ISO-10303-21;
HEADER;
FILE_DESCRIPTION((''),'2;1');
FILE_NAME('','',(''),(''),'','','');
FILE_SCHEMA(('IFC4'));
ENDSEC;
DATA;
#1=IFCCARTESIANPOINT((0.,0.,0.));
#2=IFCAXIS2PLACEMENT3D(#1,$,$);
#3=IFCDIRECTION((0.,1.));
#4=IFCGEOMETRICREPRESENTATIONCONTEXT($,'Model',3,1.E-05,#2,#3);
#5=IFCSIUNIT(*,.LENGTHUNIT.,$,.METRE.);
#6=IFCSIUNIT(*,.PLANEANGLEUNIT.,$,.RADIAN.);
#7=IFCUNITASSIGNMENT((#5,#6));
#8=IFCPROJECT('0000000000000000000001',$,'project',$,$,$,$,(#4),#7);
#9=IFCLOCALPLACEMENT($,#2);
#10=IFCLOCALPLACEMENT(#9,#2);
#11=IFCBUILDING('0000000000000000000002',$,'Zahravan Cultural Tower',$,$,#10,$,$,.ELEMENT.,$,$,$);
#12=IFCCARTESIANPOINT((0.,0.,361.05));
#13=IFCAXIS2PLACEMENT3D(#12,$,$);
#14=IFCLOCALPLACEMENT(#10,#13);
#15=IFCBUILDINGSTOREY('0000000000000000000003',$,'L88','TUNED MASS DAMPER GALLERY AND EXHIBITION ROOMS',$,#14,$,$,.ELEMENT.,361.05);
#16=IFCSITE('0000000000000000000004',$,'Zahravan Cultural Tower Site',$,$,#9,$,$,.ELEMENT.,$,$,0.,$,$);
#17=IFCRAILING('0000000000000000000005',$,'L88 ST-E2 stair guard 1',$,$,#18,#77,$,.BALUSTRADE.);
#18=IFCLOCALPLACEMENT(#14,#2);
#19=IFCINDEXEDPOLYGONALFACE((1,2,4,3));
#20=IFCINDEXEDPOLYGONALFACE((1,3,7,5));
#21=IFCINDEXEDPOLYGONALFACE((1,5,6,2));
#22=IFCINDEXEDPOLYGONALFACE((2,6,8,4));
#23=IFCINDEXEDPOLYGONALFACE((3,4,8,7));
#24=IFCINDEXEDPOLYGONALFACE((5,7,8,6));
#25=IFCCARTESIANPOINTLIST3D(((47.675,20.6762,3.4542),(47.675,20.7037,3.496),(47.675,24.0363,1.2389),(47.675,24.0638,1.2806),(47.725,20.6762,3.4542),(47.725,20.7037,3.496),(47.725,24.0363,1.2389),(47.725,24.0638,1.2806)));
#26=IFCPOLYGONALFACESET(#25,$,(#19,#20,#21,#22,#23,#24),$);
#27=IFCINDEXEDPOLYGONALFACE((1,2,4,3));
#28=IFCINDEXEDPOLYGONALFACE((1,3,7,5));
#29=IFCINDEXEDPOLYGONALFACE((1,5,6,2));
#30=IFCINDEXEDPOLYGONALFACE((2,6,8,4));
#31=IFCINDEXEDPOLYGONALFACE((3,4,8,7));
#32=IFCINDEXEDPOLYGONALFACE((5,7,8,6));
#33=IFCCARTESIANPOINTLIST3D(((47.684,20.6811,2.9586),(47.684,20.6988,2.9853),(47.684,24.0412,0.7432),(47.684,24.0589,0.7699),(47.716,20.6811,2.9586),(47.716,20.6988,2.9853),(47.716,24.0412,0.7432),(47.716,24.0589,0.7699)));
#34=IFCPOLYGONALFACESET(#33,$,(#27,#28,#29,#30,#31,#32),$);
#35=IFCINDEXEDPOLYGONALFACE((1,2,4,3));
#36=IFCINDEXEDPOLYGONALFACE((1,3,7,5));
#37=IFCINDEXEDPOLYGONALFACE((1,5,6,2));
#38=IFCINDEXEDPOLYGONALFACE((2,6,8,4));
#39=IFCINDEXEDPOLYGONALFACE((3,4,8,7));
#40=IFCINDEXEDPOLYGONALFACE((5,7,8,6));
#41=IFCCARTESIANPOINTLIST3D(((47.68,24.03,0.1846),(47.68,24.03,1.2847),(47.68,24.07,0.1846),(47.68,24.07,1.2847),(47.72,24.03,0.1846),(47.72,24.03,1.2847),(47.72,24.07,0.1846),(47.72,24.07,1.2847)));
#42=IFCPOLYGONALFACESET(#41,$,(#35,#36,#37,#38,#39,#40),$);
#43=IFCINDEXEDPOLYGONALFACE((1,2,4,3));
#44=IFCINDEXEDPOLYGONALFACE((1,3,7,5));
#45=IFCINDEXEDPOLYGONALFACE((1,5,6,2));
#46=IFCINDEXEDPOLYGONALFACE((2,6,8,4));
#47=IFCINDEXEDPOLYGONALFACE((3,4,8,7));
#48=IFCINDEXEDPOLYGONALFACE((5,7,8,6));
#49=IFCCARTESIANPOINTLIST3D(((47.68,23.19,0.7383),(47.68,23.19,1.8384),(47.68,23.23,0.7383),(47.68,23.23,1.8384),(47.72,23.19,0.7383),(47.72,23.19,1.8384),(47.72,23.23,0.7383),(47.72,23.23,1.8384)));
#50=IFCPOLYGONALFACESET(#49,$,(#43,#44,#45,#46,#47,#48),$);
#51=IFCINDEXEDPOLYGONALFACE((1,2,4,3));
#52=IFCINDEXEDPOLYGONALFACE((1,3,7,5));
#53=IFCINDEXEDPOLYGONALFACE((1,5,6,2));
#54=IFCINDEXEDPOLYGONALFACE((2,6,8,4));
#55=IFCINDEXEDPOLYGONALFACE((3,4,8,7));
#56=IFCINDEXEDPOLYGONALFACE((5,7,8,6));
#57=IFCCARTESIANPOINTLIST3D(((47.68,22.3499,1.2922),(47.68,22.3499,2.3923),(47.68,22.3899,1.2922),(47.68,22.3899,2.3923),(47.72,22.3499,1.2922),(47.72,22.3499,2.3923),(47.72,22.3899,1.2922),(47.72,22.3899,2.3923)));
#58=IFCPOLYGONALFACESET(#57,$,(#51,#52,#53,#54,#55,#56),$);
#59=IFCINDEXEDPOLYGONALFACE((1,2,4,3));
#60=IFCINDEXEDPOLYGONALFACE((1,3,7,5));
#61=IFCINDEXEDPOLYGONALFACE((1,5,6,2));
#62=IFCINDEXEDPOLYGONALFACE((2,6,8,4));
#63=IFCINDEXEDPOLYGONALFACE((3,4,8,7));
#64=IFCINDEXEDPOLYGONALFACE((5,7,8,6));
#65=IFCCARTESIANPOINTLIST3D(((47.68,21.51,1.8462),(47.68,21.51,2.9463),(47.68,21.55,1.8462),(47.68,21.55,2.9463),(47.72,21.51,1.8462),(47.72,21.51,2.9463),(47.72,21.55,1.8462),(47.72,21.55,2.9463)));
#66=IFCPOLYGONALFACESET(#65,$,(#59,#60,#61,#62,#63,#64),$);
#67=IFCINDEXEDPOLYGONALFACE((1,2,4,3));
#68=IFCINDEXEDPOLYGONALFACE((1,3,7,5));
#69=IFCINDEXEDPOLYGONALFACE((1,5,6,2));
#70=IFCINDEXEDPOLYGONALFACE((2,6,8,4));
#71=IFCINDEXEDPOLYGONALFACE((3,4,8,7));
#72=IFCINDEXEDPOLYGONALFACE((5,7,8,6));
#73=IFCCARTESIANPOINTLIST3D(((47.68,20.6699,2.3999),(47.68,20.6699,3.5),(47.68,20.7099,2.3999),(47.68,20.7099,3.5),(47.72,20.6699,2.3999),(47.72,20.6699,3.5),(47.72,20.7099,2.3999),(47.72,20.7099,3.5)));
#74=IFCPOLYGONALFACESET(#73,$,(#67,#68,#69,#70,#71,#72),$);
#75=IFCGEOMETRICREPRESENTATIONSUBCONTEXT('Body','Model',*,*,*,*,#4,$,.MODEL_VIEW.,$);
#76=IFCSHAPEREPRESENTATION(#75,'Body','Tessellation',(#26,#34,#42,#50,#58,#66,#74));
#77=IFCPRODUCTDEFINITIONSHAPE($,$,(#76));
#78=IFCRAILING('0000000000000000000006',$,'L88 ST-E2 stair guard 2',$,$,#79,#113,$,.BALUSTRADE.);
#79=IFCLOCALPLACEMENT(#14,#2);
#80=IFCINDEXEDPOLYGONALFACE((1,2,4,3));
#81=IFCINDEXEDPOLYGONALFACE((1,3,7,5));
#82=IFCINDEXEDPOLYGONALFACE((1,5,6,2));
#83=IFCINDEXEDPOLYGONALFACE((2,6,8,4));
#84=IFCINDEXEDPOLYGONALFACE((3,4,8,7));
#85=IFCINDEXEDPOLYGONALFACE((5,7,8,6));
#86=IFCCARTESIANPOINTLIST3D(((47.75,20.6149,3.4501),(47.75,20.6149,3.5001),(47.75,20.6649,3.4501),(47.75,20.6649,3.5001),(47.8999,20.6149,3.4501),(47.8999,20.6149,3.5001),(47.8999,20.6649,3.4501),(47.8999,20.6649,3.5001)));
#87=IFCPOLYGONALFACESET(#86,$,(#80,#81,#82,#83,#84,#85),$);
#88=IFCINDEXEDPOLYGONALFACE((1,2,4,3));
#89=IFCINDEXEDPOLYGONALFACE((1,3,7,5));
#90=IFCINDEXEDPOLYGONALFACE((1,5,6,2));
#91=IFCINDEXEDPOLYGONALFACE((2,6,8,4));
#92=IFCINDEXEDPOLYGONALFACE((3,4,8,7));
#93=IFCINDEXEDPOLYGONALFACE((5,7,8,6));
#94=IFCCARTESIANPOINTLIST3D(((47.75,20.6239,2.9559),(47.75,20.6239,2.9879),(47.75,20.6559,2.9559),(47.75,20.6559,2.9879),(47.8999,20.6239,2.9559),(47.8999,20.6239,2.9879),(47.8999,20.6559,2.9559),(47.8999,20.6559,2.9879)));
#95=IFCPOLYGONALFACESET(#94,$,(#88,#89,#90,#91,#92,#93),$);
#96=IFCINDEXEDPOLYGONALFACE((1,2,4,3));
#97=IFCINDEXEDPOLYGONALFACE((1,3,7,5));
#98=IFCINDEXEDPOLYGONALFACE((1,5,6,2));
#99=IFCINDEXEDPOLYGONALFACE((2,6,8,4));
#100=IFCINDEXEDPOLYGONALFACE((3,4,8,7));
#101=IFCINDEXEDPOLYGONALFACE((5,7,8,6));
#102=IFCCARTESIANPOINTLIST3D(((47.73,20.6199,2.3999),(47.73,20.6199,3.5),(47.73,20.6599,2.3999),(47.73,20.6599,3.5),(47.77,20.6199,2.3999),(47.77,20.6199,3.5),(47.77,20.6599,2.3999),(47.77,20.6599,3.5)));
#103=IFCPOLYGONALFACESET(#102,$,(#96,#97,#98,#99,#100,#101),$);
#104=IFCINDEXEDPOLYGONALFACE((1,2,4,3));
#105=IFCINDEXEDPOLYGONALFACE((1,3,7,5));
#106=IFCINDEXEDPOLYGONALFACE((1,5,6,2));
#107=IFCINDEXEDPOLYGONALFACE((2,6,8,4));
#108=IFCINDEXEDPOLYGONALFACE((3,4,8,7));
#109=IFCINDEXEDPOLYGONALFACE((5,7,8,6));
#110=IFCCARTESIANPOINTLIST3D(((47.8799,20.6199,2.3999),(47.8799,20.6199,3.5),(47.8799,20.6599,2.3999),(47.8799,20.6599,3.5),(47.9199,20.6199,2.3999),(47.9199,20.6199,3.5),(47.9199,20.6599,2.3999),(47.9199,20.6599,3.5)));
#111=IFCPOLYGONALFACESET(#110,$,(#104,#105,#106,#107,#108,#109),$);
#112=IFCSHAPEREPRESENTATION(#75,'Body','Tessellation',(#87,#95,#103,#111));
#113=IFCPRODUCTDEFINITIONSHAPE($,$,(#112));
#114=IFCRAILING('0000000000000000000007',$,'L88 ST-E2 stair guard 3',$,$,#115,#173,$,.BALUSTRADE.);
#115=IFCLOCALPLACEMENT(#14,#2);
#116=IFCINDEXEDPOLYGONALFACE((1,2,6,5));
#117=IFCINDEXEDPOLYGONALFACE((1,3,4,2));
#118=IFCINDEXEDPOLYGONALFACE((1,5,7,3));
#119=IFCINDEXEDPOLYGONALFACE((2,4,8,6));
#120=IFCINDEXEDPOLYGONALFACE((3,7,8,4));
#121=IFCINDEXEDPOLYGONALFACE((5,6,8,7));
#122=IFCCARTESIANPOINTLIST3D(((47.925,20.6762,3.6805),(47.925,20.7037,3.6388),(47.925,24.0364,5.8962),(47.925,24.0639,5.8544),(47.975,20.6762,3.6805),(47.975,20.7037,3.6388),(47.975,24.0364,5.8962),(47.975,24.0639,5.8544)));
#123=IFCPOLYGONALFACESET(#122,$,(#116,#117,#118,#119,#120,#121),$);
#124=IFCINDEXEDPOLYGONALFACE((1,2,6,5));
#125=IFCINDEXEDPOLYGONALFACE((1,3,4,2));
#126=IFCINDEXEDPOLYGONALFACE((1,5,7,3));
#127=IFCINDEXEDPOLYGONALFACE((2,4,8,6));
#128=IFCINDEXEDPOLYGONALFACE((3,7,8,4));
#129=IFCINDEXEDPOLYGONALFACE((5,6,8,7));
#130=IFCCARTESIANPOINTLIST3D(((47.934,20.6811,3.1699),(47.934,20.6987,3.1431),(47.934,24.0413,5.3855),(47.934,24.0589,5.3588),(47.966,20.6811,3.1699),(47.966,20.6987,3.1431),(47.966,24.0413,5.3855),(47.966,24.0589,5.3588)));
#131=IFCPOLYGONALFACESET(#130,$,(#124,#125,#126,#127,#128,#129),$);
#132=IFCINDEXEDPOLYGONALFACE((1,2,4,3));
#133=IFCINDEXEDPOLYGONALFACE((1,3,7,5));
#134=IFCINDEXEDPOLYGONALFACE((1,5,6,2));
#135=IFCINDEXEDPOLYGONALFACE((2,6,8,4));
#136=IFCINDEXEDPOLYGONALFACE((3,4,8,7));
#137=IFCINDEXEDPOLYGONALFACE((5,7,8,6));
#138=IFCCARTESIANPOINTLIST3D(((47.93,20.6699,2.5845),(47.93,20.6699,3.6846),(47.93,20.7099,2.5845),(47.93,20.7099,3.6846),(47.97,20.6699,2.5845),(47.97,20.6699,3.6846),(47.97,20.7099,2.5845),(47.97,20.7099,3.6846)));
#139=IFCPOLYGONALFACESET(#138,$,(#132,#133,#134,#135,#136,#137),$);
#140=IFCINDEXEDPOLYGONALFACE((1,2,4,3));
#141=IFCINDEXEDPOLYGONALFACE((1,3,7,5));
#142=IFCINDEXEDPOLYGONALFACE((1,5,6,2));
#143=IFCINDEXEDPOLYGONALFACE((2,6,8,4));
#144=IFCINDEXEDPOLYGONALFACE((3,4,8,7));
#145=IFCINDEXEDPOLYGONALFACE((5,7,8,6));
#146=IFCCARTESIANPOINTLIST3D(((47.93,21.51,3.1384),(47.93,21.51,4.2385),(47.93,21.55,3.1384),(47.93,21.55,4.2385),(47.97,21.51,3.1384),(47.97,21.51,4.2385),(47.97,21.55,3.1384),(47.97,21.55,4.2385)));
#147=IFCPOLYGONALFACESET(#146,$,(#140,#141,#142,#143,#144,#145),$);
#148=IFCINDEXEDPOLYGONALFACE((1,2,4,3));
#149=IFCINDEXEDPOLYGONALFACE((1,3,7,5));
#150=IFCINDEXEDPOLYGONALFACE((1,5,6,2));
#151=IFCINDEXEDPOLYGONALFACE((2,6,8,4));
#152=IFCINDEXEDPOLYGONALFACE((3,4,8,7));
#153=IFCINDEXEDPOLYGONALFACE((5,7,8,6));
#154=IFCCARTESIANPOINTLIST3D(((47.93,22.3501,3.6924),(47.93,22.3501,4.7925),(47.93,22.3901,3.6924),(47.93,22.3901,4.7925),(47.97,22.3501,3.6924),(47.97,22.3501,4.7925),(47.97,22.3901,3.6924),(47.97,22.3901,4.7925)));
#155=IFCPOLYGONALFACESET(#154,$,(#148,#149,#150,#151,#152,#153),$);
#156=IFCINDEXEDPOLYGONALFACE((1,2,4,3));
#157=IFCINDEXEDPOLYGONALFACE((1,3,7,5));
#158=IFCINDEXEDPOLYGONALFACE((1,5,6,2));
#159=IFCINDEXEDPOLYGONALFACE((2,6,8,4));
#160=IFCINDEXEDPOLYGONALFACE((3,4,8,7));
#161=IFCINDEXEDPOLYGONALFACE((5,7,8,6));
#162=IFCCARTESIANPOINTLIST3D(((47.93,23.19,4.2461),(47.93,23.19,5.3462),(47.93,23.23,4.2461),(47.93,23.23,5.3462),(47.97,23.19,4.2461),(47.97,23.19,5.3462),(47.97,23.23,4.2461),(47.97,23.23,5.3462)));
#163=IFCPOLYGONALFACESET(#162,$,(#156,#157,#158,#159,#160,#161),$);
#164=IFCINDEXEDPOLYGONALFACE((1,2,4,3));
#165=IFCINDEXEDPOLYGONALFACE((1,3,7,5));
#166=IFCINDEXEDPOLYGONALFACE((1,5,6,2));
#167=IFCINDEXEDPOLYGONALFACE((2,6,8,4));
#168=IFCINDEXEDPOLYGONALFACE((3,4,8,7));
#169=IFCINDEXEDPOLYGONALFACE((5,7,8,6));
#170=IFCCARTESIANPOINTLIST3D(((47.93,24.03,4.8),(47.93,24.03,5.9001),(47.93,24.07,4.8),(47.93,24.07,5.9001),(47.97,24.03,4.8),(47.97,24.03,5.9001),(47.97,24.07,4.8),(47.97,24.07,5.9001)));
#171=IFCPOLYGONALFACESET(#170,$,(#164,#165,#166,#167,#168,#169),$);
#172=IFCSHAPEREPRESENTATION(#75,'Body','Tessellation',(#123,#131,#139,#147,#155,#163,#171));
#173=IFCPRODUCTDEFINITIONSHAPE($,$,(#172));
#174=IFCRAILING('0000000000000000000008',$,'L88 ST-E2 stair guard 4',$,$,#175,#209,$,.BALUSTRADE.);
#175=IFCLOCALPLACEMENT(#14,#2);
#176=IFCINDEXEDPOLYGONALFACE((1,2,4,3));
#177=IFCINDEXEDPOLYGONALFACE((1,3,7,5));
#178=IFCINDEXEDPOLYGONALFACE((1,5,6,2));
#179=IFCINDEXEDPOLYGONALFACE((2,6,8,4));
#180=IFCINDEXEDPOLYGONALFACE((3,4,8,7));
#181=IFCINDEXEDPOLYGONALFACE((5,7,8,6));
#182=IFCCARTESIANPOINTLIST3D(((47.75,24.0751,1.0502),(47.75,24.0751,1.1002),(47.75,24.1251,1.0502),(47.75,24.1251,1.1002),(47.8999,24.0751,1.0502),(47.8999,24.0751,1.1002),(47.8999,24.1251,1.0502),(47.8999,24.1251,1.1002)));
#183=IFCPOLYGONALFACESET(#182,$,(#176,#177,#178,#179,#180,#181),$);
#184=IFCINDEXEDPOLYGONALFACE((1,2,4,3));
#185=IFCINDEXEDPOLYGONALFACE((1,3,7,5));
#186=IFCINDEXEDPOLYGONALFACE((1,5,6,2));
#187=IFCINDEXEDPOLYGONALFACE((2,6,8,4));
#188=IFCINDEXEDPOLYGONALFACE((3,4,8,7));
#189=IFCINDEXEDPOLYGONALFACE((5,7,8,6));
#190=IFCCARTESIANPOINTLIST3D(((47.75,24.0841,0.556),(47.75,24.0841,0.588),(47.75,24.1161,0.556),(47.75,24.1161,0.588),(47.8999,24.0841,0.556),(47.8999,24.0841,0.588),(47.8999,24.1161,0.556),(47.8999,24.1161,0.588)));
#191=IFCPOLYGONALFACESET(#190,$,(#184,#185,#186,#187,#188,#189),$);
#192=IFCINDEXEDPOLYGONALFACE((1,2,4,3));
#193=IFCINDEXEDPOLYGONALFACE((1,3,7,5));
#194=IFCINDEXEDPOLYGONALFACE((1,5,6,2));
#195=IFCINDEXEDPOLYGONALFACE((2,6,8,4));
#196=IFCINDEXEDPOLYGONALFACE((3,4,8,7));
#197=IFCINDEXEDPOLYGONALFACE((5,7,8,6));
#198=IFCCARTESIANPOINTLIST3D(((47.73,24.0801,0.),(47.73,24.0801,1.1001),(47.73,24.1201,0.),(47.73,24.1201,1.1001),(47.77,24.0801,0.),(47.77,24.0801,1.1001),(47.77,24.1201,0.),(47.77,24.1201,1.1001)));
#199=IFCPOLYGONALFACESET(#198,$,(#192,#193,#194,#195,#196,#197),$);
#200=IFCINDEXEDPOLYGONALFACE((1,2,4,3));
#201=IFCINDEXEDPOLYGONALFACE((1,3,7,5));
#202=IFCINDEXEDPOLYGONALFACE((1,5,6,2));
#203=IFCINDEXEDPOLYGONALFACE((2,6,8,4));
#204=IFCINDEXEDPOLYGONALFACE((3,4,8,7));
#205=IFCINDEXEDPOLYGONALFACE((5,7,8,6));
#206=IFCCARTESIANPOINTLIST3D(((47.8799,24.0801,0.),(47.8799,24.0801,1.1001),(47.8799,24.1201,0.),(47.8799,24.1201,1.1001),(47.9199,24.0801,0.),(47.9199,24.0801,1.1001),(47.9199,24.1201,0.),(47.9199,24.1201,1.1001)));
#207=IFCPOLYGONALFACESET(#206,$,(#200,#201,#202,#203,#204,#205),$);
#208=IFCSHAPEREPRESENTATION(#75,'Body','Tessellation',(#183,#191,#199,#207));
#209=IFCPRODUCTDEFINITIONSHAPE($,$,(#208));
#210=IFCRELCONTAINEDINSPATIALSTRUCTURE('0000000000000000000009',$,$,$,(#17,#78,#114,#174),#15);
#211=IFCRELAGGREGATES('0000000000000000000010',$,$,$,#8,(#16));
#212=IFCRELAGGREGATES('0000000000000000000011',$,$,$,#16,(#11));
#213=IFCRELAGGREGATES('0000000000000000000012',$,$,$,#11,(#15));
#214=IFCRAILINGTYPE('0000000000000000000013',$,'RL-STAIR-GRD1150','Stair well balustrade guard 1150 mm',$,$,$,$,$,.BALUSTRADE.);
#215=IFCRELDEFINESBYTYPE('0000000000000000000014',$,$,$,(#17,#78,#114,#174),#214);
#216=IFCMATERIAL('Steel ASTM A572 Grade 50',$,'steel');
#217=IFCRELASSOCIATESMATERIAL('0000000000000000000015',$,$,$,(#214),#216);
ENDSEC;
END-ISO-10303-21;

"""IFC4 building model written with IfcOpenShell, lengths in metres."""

from ifc_helpers import new_model, si_unit, direction, frame, origin, origin_2d, place, context, subcontext, project, spatial, rectangle, extrude, material, type_object, element, save


model = new_model("IFC4")

# Units and contexts
model_context = context("Model", 3, precision=1e-05, world=origin(), true_north=direction((0.0, 1.0)))
body_context = subcontext(model_context, "Body", "Model", "MODEL_VIEW")
ifc_project = project(units=[si_unit("LENGTHUNIT", "METRE"), si_unit("PLANEANGLEUNIT", "RADIAN")], contexts=[model_context])

# Site, building, storey
site_placement = place(None, origin())
site = spatial("IfcSite", under=ifc_project, at=site_placement, Name="Zahravan Cultural Tower Site", CompositionType="ELEMENT", RefElevation=0.0)
building_placement = place(site_placement, origin())
building = spatial("IfcBuilding", under=site, at=building_placement, Name="Zahravan Cultural Tower", CompositionType="ELEMENT")
storey_placement = place(building_placement, frame((0.0, 0.0, 361.05)))
storey = spatial("IfcBuildingStorey", under=building, at=storey_placement, Name="L88", Description="TUNED MASS DAMPER GALLERY AND EXHIBITION ROOMS", CompositionType="ELEMENT", Elevation=361.05)

# Railings
ifc_material_1 = material(Name="Steel ASTM A572 Grade 50", Category="steel")
railing_type_1 = type_object("IfcRailingType", Name="RL-STAIR-GRD1150", Description="Stair well balustrade guard 1150 mm", PredefinedType="BALUSTRADE", material=ifc_material_1)
railing_1_placement = place(storey_placement, frame((47.7, 24.05, 0.1846)))
element("IfcRailing", 1, at=railing_1_placement, inside=storey, type_object=railing_type_1, Name="L88 ST-E2 stair guard 1", PredefinedType="BALUSTRADE", context=body_context, shape_type="SweptSolid", body=[
    extrude(rectangle(XDim=0.05, YDim=0.05, at=origin_2d()), frame((0.0, 0.0, 1.0752), z_axis=(0.0, -0.834876, 0.550437), x_axis=(1.0, 0.0, 0.0)), (0.0, 0.0, 1.0), 4.0247),
    extrude(rectangle(XDim=0.032, YDim=0.032, at=origin_2d()), frame((0.0, 0.0, 0.572), z_axis=(0.0, -0.834876, 0.550437), x_axis=(1.0, 0.0, 0.0)), (0.0, 0.0, 1.0), 4.0247),
    extrude(rectangle(XDim=0.04, YDim=0.04, at=origin_2d()), origin(), (0.0, 0.0, 1.0), 1.1001),
    extrude(rectangle(XDim=0.04, YDim=0.04, at=origin_2d()), frame((0.0, -0.8401, 0.5537)), (0.0, 0.0, 1.0), 1.1001),
    extrude(rectangle(XDim=0.04, YDim=0.04, at=origin_2d()), frame((0.0, -1.6802, 1.1077)), (0.0, 0.0, 1.0), 1.1001),
    extrude(rectangle(XDim=0.04, YDim=0.04, at=origin_2d()), frame((0.0, -2.52, 1.6616)), (0.0, 0.0, 1.0), 1.1001),
    extrude(rectangle(XDim=0.04, YDim=0.04, at=origin_2d()), frame((0.0, -3.3601, 2.2153)), (0.0, 0.0, 1.0), 1.1001),
])
railing_2_placement = place(storey_placement, frame((47.75, 20.6399, 2.3999)))
element("IfcRailing", 2, at=railing_2_placement, inside=storey, type_object=railing_type_1, Name="L88 ST-E2 stair guard 2", PredefinedType="BALUSTRADE", context=body_context, shape_type="SweptSolid", body=[
    extrude(rectangle(XDim=0.05, YDim=0.05, at=origin_2d()), frame((0.0, 0.0, 1.0752), z_axis=(1.0, 0.0, 0.0), x_axis=(0.0, 1.0, 0.0)), (0.0, 0.0, 1.0), 0.1499),
    extrude(rectangle(XDim=0.032, YDim=0.032, at=origin_2d()), frame((0.0, 0.0, 0.572), z_axis=(1.0, 0.0, 0.0), x_axis=(0.0, 1.0, 0.0)), (0.0, 0.0, 1.0), 0.1499),
    extrude(rectangle(XDim=0.04, YDim=0.04, at=origin_2d()), origin(), (0.0, 0.0, 1.0), 1.1001),
    extrude(rectangle(XDim=0.04, YDim=0.04, at=origin_2d()), frame((0.1499, 0.0, 0.0)), (0.0, 0.0, 1.0), 1.1001),
])
railing_3_placement = place(storey_placement, frame((47.95, 20.6899, 2.5845)))
element("IfcRailing", 3, at=railing_3_placement, inside=storey, type_object=railing_type_1, Name="L88 ST-E2 stair guard 3", PredefinedType="BALUSTRADE", context=body_context, shape_type="SweptSolid", body=[
    extrude(rectangle(XDim=0.05, YDim=0.05, at=origin_2d()), frame((0.0, 0.0, 1.0752), z_axis=(0.0, 0.834849, 0.55048), x_axis=(-1.0, 0.0, 0.0)), (0.0, 0.0, 1.0), 4.0249),
    extrude(rectangle(XDim=0.032, YDim=0.032, at=origin_2d()), frame((0.0, 0.0, 0.572), z_axis=(0.0, 0.834849, 0.55048), x_axis=(-1.0, 0.0, 0.0)), (0.0, 0.0, 1.0), 4.0249),
    extrude(rectangle(XDim=0.04, YDim=0.04, at=origin_2d()), origin(), (0.0, 0.0, 1.0), 1.1001),
    extrude(rectangle(XDim=0.04, YDim=0.04, at=origin_2d()), frame((0.0, 0.8401, 0.554)), (0.0, 0.0, 1.0), 1.1001),
    extrude(rectangle(XDim=0.04, YDim=0.04, at=origin_2d()), frame((0.0, 1.6802, 1.1079)), (0.0, 0.0, 1.0), 1.1001),
    extrude(rectangle(XDim=0.04, YDim=0.04, at=origin_2d()), frame((0.0, 2.52, 1.6616)), (0.0, 0.0, 1.0), 1.1001),
    extrude(rectangle(XDim=0.04, YDim=0.04, at=origin_2d()), frame((0.0, 3.3601, 2.2156)), (0.0, 0.0, 1.0), 1.1001),
])
railing_4_placement = place(storey_placement, frame((47.75, 24.1001, 0.0)))
element("IfcRailing", 4, at=railing_4_placement, inside=storey, type_object=railing_type_1, Name="L88 ST-E2 stair guard 4", PredefinedType="BALUSTRADE", context=body_context, shape_type="SweptSolid", body=[
    extrude(rectangle(XDim=0.05, YDim=0.05, at=origin_2d()), frame((0.0, 0.0, 1.0752), z_axis=(1.0, 0.0, 0.0), x_axis=(0.0, 1.0, 0.0)), (0.0, 0.0, 1.0), 0.1499),
    extrude(rectangle(XDim=0.032, YDim=0.032, at=origin_2d()), frame((0.0, 0.0, 0.572), z_axis=(1.0, 0.0, 0.0), x_axis=(0.0, 1.0, 0.0)), (0.0, 0.0, 1.0), 0.1499),
    extrude(rectangle(XDim=0.04, YDim=0.04, at=origin_2d()), origin(), (0.0, 0.0, 1.0), 1.1001),
    extrude(rectangle(XDim=0.04, YDim=0.04, at=origin_2d()), frame((0.1499, 0.0, 0.0)), (0.0, 0.0, 1.0), 1.1001),
])

save(model, "model.ifc")
